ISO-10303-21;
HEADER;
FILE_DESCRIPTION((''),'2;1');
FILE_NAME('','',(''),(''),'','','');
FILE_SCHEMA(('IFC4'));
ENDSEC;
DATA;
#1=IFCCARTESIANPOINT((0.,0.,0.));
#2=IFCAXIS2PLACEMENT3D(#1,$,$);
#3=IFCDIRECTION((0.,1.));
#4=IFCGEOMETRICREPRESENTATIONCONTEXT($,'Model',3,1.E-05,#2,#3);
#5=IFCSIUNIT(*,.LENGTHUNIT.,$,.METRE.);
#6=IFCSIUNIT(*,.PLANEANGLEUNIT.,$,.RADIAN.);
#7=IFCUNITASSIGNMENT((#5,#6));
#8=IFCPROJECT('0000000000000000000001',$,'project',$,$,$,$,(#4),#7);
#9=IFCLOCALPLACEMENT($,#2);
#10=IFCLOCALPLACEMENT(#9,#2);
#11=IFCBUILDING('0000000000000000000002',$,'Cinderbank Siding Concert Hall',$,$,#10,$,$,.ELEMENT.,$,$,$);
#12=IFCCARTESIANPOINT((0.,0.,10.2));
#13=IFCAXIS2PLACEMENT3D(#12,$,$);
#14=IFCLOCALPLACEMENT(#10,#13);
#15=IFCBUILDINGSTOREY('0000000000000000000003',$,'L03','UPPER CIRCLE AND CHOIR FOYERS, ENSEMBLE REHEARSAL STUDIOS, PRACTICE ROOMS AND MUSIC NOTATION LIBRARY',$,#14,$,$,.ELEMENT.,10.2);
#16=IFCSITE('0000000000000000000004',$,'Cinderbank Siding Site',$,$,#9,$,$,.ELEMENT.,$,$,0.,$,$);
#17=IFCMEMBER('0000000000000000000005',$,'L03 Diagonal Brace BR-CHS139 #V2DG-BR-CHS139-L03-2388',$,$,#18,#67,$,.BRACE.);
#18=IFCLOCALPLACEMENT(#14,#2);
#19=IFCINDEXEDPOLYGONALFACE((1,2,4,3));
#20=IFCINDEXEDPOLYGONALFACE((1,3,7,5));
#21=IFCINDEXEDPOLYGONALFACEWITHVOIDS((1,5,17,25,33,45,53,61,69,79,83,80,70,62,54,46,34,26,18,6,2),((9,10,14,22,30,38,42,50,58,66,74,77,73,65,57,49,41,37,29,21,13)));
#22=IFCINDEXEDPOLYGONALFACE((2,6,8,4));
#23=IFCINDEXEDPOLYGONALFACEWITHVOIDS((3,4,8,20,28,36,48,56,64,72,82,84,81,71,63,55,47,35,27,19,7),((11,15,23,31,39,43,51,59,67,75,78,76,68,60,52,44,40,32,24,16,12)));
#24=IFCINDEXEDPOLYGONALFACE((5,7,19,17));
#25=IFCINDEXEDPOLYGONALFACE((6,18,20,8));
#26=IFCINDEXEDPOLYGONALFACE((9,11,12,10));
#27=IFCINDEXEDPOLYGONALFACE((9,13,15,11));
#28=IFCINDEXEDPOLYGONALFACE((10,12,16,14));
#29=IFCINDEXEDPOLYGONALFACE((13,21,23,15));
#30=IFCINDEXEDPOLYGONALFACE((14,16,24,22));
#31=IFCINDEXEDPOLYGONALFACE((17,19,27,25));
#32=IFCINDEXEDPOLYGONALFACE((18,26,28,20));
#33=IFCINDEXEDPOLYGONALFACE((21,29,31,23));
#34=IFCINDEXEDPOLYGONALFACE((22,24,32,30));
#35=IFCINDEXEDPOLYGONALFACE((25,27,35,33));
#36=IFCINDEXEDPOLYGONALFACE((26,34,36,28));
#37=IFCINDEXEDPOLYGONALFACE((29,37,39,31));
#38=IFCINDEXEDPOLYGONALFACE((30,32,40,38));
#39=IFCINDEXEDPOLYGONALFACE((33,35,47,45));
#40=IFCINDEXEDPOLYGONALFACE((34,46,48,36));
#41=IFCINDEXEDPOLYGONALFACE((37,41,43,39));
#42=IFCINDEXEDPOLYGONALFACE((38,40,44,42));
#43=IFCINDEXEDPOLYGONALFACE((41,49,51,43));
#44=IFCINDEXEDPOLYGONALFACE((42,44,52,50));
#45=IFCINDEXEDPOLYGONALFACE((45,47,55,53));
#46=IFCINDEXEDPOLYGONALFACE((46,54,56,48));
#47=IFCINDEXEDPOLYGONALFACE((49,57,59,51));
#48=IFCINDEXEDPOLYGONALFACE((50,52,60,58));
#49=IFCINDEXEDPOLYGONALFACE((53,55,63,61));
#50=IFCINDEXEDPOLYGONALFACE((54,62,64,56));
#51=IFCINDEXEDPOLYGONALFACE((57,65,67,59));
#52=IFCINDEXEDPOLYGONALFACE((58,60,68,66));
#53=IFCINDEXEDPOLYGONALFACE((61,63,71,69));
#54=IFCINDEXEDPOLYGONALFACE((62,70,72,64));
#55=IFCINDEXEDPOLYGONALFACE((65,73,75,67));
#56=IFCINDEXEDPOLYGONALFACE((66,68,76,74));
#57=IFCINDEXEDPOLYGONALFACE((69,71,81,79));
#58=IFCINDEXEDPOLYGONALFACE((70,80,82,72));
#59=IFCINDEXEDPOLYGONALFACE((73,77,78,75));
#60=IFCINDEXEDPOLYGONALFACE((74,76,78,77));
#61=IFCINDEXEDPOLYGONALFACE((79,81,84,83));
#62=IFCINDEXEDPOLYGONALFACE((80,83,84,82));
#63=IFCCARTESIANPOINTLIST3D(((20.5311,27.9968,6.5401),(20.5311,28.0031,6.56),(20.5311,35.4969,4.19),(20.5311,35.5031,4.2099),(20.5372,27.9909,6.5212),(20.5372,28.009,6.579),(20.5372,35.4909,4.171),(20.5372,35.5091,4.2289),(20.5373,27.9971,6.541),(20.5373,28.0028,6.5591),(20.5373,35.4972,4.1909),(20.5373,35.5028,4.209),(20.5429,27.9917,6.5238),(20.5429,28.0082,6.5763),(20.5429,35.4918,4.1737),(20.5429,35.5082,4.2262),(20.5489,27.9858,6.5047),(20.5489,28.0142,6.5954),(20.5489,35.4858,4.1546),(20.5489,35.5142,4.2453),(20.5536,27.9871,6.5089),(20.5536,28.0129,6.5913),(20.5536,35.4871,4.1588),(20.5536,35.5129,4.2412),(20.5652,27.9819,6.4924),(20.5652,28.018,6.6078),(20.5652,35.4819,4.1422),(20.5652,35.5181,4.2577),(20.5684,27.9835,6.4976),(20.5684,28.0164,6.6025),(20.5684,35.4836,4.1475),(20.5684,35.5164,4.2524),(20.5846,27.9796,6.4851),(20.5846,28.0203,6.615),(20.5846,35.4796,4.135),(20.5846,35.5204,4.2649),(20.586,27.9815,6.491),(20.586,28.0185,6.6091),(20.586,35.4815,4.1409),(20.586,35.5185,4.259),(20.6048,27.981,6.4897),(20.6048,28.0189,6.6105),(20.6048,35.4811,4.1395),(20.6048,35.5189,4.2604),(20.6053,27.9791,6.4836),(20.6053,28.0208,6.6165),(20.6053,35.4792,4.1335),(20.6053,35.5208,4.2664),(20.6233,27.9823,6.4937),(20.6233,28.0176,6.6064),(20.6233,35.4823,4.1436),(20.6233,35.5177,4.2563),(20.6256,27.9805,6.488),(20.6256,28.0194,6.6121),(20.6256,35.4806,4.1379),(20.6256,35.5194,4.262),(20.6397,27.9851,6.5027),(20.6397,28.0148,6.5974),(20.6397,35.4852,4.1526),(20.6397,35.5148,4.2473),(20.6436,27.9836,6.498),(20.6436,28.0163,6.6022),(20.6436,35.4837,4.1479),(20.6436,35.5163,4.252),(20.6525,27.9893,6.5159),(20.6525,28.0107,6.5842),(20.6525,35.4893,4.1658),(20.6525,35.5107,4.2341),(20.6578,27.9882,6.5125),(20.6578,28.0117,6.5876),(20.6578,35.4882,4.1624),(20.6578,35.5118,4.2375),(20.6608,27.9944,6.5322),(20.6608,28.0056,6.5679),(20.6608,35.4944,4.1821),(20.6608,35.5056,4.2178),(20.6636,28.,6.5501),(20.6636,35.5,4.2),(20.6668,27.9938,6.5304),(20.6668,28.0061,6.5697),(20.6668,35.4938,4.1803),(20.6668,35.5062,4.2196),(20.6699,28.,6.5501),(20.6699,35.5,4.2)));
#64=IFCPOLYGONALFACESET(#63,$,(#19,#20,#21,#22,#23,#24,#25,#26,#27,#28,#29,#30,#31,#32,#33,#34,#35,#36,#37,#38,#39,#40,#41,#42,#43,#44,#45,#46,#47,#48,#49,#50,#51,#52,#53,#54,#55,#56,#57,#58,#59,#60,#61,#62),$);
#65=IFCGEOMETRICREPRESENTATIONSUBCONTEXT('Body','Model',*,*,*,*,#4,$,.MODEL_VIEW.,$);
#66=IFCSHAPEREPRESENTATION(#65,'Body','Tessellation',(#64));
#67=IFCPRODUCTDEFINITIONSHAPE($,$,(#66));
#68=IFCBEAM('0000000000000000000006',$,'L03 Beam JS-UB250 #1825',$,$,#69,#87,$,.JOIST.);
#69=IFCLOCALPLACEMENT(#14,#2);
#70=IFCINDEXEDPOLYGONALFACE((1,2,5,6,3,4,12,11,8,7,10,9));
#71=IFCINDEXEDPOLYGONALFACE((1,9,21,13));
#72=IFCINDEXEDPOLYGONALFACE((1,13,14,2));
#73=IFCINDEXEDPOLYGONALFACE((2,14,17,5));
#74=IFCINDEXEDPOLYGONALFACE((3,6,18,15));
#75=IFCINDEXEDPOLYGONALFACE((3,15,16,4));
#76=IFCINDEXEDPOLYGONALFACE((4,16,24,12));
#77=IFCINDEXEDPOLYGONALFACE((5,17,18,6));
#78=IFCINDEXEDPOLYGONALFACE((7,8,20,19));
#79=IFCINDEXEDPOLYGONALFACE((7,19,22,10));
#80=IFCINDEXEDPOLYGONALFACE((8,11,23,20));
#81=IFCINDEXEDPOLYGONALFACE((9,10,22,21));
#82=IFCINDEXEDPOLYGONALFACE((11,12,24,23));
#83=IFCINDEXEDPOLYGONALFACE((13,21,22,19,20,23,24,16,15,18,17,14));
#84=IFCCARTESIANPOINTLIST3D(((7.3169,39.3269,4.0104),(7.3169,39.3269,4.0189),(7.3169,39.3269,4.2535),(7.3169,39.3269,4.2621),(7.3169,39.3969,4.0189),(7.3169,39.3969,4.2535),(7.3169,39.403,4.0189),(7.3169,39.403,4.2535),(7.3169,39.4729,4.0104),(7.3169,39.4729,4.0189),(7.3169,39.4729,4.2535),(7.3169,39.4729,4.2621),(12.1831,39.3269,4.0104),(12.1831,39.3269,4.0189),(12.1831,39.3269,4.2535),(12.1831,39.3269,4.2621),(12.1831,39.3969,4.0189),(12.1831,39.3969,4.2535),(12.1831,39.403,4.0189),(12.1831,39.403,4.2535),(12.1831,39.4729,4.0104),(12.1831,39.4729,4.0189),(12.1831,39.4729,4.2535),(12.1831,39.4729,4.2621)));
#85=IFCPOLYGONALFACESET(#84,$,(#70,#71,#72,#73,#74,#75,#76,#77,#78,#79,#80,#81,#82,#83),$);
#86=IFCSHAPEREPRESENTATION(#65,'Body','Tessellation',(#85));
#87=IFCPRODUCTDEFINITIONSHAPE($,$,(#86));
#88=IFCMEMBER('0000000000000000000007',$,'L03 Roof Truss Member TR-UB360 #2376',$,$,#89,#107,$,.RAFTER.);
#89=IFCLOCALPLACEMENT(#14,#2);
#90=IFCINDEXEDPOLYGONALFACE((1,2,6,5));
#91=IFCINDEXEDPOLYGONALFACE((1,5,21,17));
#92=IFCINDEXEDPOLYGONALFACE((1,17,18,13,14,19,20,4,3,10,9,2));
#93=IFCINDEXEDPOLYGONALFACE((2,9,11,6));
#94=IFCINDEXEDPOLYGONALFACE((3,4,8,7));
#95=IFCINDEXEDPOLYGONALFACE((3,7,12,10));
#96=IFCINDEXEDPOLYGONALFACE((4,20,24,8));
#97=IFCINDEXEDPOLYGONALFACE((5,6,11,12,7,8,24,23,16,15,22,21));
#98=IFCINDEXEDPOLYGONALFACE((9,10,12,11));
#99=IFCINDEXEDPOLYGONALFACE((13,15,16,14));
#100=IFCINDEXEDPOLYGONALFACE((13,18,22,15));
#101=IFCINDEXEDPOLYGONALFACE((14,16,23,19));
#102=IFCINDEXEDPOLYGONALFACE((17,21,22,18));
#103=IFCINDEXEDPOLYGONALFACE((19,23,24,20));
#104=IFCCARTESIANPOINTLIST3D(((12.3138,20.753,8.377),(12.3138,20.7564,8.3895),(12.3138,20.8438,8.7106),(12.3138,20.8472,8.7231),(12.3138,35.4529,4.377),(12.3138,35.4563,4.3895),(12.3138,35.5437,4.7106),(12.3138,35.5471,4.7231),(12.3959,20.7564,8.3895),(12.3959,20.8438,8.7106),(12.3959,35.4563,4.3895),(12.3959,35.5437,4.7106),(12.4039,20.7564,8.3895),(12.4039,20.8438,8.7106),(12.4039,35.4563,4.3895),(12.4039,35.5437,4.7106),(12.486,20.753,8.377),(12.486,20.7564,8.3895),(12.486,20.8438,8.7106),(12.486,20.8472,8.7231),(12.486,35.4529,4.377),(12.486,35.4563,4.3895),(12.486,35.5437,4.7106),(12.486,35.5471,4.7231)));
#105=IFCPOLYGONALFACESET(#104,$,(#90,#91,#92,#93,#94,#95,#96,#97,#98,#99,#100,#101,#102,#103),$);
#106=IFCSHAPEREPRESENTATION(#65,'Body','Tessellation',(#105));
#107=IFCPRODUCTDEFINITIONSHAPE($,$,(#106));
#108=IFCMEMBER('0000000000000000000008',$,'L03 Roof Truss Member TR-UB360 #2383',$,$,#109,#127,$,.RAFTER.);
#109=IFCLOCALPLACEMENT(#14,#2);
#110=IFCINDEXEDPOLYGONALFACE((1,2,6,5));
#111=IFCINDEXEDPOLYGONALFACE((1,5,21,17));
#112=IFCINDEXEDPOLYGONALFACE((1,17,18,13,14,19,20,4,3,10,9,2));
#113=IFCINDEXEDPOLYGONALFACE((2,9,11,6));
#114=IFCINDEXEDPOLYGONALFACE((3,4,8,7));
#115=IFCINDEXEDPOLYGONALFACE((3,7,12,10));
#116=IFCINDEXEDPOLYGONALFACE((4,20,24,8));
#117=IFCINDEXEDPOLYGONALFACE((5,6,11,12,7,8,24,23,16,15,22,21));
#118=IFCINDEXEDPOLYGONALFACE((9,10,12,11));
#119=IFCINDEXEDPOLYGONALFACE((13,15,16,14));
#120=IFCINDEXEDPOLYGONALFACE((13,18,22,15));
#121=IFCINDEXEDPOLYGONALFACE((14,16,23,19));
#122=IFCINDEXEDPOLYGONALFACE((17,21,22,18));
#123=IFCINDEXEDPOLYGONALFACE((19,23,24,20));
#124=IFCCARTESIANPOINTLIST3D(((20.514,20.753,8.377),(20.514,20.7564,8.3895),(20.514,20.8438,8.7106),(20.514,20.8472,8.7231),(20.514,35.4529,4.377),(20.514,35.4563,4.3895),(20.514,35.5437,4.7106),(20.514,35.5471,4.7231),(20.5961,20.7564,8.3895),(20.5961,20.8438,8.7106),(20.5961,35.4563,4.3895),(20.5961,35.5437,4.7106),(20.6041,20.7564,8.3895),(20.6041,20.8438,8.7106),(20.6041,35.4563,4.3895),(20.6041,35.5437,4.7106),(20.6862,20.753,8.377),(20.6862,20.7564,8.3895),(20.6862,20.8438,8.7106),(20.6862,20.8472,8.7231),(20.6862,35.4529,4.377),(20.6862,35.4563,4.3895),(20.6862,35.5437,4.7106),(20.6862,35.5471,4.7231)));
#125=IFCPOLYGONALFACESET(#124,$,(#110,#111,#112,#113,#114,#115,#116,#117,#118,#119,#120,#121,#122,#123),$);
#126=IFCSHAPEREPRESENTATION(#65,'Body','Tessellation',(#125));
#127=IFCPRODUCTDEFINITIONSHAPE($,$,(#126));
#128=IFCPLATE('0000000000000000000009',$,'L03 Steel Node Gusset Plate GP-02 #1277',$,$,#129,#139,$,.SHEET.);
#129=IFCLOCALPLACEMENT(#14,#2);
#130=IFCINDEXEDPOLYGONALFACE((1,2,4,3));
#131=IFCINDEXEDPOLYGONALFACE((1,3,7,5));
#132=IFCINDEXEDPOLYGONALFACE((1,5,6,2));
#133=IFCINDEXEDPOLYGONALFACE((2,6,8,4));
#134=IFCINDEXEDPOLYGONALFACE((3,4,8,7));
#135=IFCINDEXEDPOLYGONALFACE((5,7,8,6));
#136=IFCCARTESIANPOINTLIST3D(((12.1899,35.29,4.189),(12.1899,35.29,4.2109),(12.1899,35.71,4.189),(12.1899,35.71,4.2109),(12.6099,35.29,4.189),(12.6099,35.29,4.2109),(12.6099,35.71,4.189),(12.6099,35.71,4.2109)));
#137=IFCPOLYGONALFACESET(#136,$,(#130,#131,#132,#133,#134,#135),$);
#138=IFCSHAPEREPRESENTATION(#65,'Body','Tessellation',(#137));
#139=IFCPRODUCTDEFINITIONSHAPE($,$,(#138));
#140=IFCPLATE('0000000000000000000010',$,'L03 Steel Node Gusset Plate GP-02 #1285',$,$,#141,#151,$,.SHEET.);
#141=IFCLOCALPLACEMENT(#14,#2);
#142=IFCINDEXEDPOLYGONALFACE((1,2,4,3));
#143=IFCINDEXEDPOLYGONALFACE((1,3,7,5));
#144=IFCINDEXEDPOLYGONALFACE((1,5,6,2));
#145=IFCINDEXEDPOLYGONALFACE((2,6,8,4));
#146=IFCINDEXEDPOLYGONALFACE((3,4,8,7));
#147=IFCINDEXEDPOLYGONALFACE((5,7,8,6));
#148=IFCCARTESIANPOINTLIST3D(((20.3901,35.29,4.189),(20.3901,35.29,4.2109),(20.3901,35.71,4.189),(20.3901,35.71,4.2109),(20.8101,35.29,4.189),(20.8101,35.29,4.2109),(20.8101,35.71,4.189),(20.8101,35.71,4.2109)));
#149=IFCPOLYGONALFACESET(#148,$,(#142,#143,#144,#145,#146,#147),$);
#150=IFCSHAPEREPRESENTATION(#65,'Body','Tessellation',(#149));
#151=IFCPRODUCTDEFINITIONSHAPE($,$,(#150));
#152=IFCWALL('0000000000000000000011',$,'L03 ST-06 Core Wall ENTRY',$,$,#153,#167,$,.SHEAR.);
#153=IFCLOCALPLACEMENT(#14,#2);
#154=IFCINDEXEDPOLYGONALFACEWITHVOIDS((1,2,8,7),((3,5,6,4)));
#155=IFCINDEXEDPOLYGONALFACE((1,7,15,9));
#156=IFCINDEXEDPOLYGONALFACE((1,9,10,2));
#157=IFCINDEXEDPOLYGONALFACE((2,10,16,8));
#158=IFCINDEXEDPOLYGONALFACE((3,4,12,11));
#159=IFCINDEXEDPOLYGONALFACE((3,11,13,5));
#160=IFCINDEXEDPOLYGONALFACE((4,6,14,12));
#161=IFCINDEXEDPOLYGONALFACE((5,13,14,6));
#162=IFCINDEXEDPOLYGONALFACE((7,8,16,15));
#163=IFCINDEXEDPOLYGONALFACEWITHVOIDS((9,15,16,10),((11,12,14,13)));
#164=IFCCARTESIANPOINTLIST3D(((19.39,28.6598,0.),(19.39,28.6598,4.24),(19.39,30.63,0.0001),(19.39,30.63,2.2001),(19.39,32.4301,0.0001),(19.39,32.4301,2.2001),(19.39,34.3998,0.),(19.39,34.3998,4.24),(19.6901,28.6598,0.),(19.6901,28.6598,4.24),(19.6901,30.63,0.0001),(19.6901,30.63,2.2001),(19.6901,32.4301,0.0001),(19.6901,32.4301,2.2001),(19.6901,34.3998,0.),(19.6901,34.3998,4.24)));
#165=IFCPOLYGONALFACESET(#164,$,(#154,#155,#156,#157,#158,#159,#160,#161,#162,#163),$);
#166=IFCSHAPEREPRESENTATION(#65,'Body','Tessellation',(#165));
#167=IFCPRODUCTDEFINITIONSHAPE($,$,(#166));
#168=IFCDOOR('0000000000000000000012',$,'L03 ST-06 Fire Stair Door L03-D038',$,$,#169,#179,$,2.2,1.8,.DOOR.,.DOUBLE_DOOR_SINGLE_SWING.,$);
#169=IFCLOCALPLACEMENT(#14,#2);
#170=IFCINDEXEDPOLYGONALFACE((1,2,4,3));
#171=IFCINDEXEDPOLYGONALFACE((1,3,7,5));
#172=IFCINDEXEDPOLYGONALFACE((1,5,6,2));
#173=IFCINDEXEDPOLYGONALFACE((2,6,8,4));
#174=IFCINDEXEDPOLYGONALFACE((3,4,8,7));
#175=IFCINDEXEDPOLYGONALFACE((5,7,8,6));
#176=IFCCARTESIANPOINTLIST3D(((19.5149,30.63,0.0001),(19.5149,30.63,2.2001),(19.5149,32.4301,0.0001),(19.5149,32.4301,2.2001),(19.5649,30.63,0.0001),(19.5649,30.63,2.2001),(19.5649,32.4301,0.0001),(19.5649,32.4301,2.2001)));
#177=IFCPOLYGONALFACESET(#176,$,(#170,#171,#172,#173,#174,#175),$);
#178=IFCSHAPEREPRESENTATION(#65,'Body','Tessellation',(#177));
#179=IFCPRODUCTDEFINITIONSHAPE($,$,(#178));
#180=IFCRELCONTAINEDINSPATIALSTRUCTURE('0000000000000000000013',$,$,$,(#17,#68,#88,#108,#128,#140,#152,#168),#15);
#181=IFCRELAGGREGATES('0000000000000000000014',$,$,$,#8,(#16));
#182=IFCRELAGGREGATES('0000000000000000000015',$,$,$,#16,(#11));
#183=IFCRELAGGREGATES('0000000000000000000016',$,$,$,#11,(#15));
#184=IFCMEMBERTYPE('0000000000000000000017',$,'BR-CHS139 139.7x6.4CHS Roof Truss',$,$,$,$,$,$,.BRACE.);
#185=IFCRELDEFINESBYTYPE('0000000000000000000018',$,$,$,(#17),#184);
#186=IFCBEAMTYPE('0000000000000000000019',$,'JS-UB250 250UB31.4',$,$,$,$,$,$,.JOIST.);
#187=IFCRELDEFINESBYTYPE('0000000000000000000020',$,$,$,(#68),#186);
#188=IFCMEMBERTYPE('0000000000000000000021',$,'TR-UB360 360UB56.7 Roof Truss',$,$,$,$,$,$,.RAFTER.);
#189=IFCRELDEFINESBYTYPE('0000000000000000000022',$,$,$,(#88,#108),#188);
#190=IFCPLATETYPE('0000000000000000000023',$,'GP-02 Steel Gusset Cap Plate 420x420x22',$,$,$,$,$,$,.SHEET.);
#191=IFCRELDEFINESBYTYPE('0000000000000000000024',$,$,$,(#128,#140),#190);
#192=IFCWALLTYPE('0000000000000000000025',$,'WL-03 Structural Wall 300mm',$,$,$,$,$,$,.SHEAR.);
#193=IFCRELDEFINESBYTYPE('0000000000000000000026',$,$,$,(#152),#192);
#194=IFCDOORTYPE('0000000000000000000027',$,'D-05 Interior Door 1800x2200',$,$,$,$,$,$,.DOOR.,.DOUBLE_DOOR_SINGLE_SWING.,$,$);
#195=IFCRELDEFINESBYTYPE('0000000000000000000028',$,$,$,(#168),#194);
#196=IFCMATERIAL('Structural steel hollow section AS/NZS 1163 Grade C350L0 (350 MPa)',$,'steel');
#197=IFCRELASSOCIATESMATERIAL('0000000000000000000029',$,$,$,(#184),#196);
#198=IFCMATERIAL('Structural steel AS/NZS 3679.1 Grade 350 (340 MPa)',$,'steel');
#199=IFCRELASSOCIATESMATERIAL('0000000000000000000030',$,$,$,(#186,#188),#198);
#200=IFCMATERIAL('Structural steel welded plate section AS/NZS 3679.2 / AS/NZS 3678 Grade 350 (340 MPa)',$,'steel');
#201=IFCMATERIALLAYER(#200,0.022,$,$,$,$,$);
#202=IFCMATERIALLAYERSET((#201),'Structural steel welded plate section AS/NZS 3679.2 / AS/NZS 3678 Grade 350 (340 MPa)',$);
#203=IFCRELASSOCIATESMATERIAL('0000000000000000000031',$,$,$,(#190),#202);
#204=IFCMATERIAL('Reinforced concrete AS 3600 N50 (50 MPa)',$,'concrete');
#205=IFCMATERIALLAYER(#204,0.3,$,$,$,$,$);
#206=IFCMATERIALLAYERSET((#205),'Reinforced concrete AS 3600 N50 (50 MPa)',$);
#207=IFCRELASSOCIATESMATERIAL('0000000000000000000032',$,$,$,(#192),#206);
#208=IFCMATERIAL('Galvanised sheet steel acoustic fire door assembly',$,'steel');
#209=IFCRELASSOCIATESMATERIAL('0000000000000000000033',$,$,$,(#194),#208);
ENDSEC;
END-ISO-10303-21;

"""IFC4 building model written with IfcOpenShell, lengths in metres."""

from ifc_helpers import new_model, si_unit, direction, frame, frame_2d, origin, origin_2d, place, context, subcontext, project, spatial, rectangle, hollow_circle, i_section, extrude, material, layer, layer_set, material_profile, profile_set, type_object, element, fill, save


model = new_model("IFC4")

# Units and contexts
model_context = context("Model", 3, precision=1e-05, world=origin(), true_north=direction((0.0, 1.0)))
body_context = subcontext(model_context, "Body", "Model", "MODEL_VIEW")
ifc_project = project(units=[si_unit("LENGTHUNIT", "METRE"), si_unit("PLANEANGLEUNIT", "RADIAN")], contexts=[model_context])

# Site, building, storey
site_placement = place(None, origin())
site = spatial("IfcSite", under=ifc_project, at=site_placement, Name="Cinderbank Siding Site", CompositionType="ELEMENT", RefElevation=0.0)
building_placement = place(site_placement, origin())
building = spatial("IfcBuilding", under=site, at=building_placement, Name="Cinderbank Siding Concert Hall", CompositionType="ELEMENT")
storey_placement = place(building_placement, frame((0.0, 0.0, 10.2)))
storey = spatial("IfcBuildingStorey", under=building, at=storey_placement, Name="L03", Description="UPPER CIRCLE AND CHOIR FOYERS, ENSEMBLE REHEARSAL STUDIOS, PRACTICE ROOMS AND MUSIC NOTATION LIBRARY", CompositionType="ELEMENT", Elevation=10.2)

# Shared definitions
ifc_material_1 = material(Name="Structural steel AS/NZS 3679.1 Grade 350 (340 MPa)", Category="steel")
ifc_material_2 = material(Name="Reinforced concrete AS 3600 N50 (50 MPa)", Category="concrete")

# Member
ifc_material_3 = material(Name="Structural steel hollow section AS/NZS 1163 Grade C350L0 (350 MPa)", Category="steel")
ifc_material_profile_1 = material_profile(ifc_material_3, hollow_circle(Radius=0.0698, WallThickness=0.0063, at=origin_2d()), Name="139.7x6.4CHS", Category="LoadBearing")
ifc_profile_set_1 = profile_set([ifc_material_profile_1], Name="Structural steel hollow section AS/NZS 1163 Grade C350L0 (350 MPa)")
member_type_1 = type_object("IfcMemberType", Name="BR-CHS139 139.7x6.4CHS Roof Truss", PredefinedType="BRACE", material=ifc_profile_set_1)
for number, where, z_axis, x_axis, name in (
    (1, (20.6001, 35.5, 4.2), (0.0, -0.95425, 0.299011), (1.0, 0.0, 0.0), "L03 Diagonal Brace BR-CHS139 #V2DG-BR-CHS139-L03-2388"),
):
    element("IfcMember", number, at=place(storey_placement, frame(where, z_axis=z_axis, x_axis=x_axis)), inside=storey, type_object=member_type_1, Name=name, PredefinedType="BRACE", context=body_context, shape_type="SweptSolid", body=[
        extrude(hollow_circle(Radius=0.0698, WallThickness=0.0063, at=origin_2d()), origin(), (0.0, 0.0, 1.0), 7.8596),
    ])

# Beam
ifc_material_profile_2 = material_profile(ifc_material_1, i_section(OverallWidth=0.146, OverallDepth=0.2517, WebThickness=0.0061, FlangeThickness=0.0085, at=origin_2d()), Name="250UB31.4", Category="LoadBearing")
ifc_profile_set_2 = profile_set([ifc_material_profile_2], Name="Structural steel AS/NZS 3679.1 Grade 350 (340 MPa)")
beam_type_1 = type_object("IfcBeamType", Name="JS-UB250 250UB31.4", PredefinedType="JOIST", material=ifc_profile_set_2)
beam_1_placement = place(storey_placement, frame((7.3169, 39.3999, 4.1362), z_axis=(1.0, 0.0, 0.0), x_axis=(0.0, 1.0, 0.0)))
element("IfcBeam", 2, at=beam_1_placement, inside=storey, type_object=beam_type_1, Name="L03 Beam JS-UB250 #1825", PredefinedType="JOIST", context=body_context, shape_type="SweptSolid", body=[
    extrude(i_section(OverallWidth=0.146, OverallDepth=0.2517, WebThickness=0.0061, FlangeThickness=0.0085, at=origin_2d()), origin(), (0.0, 0.0, 1.0), 4.8662),
])

# Members
ifc_material_profile_3 = material_profile(ifc_material_1, i_section(OverallWidth=0.1721, OverallDepth=0.3586, WebThickness=0.0081, FlangeThickness=0.0129, at=origin_2d()), Name="360UB56.7", Category="LoadBearing")
ifc_profile_set_3 = profile_set([ifc_material_profile_3], Name="Structural steel AS/NZS 3679.1 Grade 350 (340 MPa)")
member_type_2 = type_object("IfcMemberType", Name="TR-UB360 360UB56.7 Roof Truss", PredefinedType="RAFTER", material=ifc_profile_set_3)
for number, where, z_axis, x_axis, name in (
    (3, (12.3999, 35.5, 4.55), (0.0, -0.964915, 0.262563), (1.0, 0.0, 0.0), "L03 Roof Truss Member TR-UB360 #2376"),
    (4, (20.6001, 35.5, 4.55), (0.0, -0.964915, 0.262563), (1.0, 0.0, 0.0), "L03 Roof Truss Member TR-UB360 #2383"),
):
    element("IfcMember", number, at=place(storey_placement, frame(where, z_axis=z_axis, x_axis=x_axis)), inside=storey, type_object=member_type_2, Name=name, PredefinedType="RAFTER", context=body_context, shape_type="SweptSolid", body=[
        extrude(i_section(OverallWidth=0.1721, OverallDepth=0.3586, WebThickness=0.0081, FlangeThickness=0.0129, at=origin_2d()), origin(), (0.0, 0.0, 1.0), 15.2344),
    ])

# Plates
ifc_material_4 = material(Name="Structural steel welded plate section AS/NZS 3679.2 / AS/NZS 3678 Grade 350 (340 MPa)", Category="steel")
ifc_layer_1 = layer(ifc_material_4, 0.022)
ifc_layer_set_1 = layer_set([ifc_layer_1], Name="Structural steel welded plate section AS/NZS 3679.2 / AS/NZS 3678 Grade 350 (340 MPa)")
plate_type = type_object("IfcPlateType", Name="GP-02 Steel Gusset Cap Plate 420x420x22", PredefinedType="SHEET", material=ifc_layer_set_1)
for number, where, z_axis, x_axis, name in (
    (5, (12.3999, 35.5, 4.189), (0.0, 0.0, 1.0), (0.0, -1.0, 0.0), "L03 Steel Node Gusset Plate GP-02 #1277"),
    (6, (20.6001, 35.5, 4.189), (0.0, 0.0, 1.0), (0.0, -1.0, 0.0), "L03 Steel Node Gusset Plate GP-02 #1285"),
):
    element("IfcPlate", number, at=place(storey_placement, frame(where, z_axis=z_axis, x_axis=x_axis)), inside=storey, type_object=plate_type, Name=name, PredefinedType="SHEET", context=body_context, shape_type="SweptSolid", body=[
        extrude(rectangle(XDim=0.4199, YDim=0.4199, at=origin_2d()), origin(), (0.0, 0.0, 1.0), 0.022),
    ])

# Wall, opening, door
ifc_layer_2 = layer(ifc_material_2, 0.3)
ifc_layer_set_2 = layer_set([ifc_layer_2], Name="Reinforced concrete AS 3600 N50 (50 MPa)")
wall_type_1 = type_object("IfcWallType", Name="WL-03 Structural Wall 300mm", PredefinedType="SHEAR", material=ifc_layer_set_2)
wall_1_placement = place(storey_placement, frame((19.54, 34.3999, 0.0), z_axis=(0.0, 0.0, 1.0), x_axis=(0.0, -1.0, 0.0)))
wall_1 = element("IfcWall", 7, at=wall_1_placement, inside=storey, type_object=wall_type_1, Name="L03 ST-06 Core Wall ENTRY", PredefinedType="SHEAR", context=body_context, shape_type="SweptSolid", body=[
    extrude(rectangle(XDim=5.74, YDim=0.3, at=frame_2d((2.8701, 0.0))), origin(), (0.0, 0.0, 1.0), 4.24),
])
opening_1_placement = place(wall_1_placement, frame((1.97, 0.0, 0.0)))
opening_1 = element("IfcOpeningElement", 8, at=opening_1_placement, cuts=wall_1, PredefinedType="OPENING", context=body_context, shape_type="SweptSolid", body=[
    extrude(rectangle(XDim=1.8, YDim=2.2, at=frame_2d((0.8999, 1.1001))), frame((0.0, 0.1621, 0.0), z_axis=(0.0, -1.0, 0.0), x_axis=(1.0, 0.0, 0.0)), (0.0, 0.0, 1.0), 0.324),
])
ifc_material_5 = material(Name="Galvanised sheet steel acoustic fire door assembly", Category="steel")
door_type_1 = type_object("IfcDoorType", Name="D-05 Interior Door 1800x2200", OperationType="DOUBLE_DOOR_SINGLE_SWING", PredefinedType="DOOR", material=ifc_material_5)
door_1_placement = place(opening_1_placement, origin())
door_1 = element("IfcDoor", 9, at=door_1_placement, inside=storey, type_object=door_type_1, Name="L03 ST-06 Fire Stair Door L03-D038", OperationType="DOUBLE_DOOR_SINGLE_SWING", OverallHeight=2.2, OverallWidth=1.8, PredefinedType="DOOR", context=body_context, shape_type="SweptSolid", body=[
    extrude(rectangle(XDim=1.8, YDim=2.2, at=frame_2d((0.8999, 1.1001))), frame((0.0, 0.0249, 0.0), z_axis=(0.0, -1.0, 0.0), x_axis=(1.0, 0.0, 0.0)), (0.0, 0.0, 1.0), 0.05),
])
fill(opening_1, door_1)

save(model, "model.ifc")
